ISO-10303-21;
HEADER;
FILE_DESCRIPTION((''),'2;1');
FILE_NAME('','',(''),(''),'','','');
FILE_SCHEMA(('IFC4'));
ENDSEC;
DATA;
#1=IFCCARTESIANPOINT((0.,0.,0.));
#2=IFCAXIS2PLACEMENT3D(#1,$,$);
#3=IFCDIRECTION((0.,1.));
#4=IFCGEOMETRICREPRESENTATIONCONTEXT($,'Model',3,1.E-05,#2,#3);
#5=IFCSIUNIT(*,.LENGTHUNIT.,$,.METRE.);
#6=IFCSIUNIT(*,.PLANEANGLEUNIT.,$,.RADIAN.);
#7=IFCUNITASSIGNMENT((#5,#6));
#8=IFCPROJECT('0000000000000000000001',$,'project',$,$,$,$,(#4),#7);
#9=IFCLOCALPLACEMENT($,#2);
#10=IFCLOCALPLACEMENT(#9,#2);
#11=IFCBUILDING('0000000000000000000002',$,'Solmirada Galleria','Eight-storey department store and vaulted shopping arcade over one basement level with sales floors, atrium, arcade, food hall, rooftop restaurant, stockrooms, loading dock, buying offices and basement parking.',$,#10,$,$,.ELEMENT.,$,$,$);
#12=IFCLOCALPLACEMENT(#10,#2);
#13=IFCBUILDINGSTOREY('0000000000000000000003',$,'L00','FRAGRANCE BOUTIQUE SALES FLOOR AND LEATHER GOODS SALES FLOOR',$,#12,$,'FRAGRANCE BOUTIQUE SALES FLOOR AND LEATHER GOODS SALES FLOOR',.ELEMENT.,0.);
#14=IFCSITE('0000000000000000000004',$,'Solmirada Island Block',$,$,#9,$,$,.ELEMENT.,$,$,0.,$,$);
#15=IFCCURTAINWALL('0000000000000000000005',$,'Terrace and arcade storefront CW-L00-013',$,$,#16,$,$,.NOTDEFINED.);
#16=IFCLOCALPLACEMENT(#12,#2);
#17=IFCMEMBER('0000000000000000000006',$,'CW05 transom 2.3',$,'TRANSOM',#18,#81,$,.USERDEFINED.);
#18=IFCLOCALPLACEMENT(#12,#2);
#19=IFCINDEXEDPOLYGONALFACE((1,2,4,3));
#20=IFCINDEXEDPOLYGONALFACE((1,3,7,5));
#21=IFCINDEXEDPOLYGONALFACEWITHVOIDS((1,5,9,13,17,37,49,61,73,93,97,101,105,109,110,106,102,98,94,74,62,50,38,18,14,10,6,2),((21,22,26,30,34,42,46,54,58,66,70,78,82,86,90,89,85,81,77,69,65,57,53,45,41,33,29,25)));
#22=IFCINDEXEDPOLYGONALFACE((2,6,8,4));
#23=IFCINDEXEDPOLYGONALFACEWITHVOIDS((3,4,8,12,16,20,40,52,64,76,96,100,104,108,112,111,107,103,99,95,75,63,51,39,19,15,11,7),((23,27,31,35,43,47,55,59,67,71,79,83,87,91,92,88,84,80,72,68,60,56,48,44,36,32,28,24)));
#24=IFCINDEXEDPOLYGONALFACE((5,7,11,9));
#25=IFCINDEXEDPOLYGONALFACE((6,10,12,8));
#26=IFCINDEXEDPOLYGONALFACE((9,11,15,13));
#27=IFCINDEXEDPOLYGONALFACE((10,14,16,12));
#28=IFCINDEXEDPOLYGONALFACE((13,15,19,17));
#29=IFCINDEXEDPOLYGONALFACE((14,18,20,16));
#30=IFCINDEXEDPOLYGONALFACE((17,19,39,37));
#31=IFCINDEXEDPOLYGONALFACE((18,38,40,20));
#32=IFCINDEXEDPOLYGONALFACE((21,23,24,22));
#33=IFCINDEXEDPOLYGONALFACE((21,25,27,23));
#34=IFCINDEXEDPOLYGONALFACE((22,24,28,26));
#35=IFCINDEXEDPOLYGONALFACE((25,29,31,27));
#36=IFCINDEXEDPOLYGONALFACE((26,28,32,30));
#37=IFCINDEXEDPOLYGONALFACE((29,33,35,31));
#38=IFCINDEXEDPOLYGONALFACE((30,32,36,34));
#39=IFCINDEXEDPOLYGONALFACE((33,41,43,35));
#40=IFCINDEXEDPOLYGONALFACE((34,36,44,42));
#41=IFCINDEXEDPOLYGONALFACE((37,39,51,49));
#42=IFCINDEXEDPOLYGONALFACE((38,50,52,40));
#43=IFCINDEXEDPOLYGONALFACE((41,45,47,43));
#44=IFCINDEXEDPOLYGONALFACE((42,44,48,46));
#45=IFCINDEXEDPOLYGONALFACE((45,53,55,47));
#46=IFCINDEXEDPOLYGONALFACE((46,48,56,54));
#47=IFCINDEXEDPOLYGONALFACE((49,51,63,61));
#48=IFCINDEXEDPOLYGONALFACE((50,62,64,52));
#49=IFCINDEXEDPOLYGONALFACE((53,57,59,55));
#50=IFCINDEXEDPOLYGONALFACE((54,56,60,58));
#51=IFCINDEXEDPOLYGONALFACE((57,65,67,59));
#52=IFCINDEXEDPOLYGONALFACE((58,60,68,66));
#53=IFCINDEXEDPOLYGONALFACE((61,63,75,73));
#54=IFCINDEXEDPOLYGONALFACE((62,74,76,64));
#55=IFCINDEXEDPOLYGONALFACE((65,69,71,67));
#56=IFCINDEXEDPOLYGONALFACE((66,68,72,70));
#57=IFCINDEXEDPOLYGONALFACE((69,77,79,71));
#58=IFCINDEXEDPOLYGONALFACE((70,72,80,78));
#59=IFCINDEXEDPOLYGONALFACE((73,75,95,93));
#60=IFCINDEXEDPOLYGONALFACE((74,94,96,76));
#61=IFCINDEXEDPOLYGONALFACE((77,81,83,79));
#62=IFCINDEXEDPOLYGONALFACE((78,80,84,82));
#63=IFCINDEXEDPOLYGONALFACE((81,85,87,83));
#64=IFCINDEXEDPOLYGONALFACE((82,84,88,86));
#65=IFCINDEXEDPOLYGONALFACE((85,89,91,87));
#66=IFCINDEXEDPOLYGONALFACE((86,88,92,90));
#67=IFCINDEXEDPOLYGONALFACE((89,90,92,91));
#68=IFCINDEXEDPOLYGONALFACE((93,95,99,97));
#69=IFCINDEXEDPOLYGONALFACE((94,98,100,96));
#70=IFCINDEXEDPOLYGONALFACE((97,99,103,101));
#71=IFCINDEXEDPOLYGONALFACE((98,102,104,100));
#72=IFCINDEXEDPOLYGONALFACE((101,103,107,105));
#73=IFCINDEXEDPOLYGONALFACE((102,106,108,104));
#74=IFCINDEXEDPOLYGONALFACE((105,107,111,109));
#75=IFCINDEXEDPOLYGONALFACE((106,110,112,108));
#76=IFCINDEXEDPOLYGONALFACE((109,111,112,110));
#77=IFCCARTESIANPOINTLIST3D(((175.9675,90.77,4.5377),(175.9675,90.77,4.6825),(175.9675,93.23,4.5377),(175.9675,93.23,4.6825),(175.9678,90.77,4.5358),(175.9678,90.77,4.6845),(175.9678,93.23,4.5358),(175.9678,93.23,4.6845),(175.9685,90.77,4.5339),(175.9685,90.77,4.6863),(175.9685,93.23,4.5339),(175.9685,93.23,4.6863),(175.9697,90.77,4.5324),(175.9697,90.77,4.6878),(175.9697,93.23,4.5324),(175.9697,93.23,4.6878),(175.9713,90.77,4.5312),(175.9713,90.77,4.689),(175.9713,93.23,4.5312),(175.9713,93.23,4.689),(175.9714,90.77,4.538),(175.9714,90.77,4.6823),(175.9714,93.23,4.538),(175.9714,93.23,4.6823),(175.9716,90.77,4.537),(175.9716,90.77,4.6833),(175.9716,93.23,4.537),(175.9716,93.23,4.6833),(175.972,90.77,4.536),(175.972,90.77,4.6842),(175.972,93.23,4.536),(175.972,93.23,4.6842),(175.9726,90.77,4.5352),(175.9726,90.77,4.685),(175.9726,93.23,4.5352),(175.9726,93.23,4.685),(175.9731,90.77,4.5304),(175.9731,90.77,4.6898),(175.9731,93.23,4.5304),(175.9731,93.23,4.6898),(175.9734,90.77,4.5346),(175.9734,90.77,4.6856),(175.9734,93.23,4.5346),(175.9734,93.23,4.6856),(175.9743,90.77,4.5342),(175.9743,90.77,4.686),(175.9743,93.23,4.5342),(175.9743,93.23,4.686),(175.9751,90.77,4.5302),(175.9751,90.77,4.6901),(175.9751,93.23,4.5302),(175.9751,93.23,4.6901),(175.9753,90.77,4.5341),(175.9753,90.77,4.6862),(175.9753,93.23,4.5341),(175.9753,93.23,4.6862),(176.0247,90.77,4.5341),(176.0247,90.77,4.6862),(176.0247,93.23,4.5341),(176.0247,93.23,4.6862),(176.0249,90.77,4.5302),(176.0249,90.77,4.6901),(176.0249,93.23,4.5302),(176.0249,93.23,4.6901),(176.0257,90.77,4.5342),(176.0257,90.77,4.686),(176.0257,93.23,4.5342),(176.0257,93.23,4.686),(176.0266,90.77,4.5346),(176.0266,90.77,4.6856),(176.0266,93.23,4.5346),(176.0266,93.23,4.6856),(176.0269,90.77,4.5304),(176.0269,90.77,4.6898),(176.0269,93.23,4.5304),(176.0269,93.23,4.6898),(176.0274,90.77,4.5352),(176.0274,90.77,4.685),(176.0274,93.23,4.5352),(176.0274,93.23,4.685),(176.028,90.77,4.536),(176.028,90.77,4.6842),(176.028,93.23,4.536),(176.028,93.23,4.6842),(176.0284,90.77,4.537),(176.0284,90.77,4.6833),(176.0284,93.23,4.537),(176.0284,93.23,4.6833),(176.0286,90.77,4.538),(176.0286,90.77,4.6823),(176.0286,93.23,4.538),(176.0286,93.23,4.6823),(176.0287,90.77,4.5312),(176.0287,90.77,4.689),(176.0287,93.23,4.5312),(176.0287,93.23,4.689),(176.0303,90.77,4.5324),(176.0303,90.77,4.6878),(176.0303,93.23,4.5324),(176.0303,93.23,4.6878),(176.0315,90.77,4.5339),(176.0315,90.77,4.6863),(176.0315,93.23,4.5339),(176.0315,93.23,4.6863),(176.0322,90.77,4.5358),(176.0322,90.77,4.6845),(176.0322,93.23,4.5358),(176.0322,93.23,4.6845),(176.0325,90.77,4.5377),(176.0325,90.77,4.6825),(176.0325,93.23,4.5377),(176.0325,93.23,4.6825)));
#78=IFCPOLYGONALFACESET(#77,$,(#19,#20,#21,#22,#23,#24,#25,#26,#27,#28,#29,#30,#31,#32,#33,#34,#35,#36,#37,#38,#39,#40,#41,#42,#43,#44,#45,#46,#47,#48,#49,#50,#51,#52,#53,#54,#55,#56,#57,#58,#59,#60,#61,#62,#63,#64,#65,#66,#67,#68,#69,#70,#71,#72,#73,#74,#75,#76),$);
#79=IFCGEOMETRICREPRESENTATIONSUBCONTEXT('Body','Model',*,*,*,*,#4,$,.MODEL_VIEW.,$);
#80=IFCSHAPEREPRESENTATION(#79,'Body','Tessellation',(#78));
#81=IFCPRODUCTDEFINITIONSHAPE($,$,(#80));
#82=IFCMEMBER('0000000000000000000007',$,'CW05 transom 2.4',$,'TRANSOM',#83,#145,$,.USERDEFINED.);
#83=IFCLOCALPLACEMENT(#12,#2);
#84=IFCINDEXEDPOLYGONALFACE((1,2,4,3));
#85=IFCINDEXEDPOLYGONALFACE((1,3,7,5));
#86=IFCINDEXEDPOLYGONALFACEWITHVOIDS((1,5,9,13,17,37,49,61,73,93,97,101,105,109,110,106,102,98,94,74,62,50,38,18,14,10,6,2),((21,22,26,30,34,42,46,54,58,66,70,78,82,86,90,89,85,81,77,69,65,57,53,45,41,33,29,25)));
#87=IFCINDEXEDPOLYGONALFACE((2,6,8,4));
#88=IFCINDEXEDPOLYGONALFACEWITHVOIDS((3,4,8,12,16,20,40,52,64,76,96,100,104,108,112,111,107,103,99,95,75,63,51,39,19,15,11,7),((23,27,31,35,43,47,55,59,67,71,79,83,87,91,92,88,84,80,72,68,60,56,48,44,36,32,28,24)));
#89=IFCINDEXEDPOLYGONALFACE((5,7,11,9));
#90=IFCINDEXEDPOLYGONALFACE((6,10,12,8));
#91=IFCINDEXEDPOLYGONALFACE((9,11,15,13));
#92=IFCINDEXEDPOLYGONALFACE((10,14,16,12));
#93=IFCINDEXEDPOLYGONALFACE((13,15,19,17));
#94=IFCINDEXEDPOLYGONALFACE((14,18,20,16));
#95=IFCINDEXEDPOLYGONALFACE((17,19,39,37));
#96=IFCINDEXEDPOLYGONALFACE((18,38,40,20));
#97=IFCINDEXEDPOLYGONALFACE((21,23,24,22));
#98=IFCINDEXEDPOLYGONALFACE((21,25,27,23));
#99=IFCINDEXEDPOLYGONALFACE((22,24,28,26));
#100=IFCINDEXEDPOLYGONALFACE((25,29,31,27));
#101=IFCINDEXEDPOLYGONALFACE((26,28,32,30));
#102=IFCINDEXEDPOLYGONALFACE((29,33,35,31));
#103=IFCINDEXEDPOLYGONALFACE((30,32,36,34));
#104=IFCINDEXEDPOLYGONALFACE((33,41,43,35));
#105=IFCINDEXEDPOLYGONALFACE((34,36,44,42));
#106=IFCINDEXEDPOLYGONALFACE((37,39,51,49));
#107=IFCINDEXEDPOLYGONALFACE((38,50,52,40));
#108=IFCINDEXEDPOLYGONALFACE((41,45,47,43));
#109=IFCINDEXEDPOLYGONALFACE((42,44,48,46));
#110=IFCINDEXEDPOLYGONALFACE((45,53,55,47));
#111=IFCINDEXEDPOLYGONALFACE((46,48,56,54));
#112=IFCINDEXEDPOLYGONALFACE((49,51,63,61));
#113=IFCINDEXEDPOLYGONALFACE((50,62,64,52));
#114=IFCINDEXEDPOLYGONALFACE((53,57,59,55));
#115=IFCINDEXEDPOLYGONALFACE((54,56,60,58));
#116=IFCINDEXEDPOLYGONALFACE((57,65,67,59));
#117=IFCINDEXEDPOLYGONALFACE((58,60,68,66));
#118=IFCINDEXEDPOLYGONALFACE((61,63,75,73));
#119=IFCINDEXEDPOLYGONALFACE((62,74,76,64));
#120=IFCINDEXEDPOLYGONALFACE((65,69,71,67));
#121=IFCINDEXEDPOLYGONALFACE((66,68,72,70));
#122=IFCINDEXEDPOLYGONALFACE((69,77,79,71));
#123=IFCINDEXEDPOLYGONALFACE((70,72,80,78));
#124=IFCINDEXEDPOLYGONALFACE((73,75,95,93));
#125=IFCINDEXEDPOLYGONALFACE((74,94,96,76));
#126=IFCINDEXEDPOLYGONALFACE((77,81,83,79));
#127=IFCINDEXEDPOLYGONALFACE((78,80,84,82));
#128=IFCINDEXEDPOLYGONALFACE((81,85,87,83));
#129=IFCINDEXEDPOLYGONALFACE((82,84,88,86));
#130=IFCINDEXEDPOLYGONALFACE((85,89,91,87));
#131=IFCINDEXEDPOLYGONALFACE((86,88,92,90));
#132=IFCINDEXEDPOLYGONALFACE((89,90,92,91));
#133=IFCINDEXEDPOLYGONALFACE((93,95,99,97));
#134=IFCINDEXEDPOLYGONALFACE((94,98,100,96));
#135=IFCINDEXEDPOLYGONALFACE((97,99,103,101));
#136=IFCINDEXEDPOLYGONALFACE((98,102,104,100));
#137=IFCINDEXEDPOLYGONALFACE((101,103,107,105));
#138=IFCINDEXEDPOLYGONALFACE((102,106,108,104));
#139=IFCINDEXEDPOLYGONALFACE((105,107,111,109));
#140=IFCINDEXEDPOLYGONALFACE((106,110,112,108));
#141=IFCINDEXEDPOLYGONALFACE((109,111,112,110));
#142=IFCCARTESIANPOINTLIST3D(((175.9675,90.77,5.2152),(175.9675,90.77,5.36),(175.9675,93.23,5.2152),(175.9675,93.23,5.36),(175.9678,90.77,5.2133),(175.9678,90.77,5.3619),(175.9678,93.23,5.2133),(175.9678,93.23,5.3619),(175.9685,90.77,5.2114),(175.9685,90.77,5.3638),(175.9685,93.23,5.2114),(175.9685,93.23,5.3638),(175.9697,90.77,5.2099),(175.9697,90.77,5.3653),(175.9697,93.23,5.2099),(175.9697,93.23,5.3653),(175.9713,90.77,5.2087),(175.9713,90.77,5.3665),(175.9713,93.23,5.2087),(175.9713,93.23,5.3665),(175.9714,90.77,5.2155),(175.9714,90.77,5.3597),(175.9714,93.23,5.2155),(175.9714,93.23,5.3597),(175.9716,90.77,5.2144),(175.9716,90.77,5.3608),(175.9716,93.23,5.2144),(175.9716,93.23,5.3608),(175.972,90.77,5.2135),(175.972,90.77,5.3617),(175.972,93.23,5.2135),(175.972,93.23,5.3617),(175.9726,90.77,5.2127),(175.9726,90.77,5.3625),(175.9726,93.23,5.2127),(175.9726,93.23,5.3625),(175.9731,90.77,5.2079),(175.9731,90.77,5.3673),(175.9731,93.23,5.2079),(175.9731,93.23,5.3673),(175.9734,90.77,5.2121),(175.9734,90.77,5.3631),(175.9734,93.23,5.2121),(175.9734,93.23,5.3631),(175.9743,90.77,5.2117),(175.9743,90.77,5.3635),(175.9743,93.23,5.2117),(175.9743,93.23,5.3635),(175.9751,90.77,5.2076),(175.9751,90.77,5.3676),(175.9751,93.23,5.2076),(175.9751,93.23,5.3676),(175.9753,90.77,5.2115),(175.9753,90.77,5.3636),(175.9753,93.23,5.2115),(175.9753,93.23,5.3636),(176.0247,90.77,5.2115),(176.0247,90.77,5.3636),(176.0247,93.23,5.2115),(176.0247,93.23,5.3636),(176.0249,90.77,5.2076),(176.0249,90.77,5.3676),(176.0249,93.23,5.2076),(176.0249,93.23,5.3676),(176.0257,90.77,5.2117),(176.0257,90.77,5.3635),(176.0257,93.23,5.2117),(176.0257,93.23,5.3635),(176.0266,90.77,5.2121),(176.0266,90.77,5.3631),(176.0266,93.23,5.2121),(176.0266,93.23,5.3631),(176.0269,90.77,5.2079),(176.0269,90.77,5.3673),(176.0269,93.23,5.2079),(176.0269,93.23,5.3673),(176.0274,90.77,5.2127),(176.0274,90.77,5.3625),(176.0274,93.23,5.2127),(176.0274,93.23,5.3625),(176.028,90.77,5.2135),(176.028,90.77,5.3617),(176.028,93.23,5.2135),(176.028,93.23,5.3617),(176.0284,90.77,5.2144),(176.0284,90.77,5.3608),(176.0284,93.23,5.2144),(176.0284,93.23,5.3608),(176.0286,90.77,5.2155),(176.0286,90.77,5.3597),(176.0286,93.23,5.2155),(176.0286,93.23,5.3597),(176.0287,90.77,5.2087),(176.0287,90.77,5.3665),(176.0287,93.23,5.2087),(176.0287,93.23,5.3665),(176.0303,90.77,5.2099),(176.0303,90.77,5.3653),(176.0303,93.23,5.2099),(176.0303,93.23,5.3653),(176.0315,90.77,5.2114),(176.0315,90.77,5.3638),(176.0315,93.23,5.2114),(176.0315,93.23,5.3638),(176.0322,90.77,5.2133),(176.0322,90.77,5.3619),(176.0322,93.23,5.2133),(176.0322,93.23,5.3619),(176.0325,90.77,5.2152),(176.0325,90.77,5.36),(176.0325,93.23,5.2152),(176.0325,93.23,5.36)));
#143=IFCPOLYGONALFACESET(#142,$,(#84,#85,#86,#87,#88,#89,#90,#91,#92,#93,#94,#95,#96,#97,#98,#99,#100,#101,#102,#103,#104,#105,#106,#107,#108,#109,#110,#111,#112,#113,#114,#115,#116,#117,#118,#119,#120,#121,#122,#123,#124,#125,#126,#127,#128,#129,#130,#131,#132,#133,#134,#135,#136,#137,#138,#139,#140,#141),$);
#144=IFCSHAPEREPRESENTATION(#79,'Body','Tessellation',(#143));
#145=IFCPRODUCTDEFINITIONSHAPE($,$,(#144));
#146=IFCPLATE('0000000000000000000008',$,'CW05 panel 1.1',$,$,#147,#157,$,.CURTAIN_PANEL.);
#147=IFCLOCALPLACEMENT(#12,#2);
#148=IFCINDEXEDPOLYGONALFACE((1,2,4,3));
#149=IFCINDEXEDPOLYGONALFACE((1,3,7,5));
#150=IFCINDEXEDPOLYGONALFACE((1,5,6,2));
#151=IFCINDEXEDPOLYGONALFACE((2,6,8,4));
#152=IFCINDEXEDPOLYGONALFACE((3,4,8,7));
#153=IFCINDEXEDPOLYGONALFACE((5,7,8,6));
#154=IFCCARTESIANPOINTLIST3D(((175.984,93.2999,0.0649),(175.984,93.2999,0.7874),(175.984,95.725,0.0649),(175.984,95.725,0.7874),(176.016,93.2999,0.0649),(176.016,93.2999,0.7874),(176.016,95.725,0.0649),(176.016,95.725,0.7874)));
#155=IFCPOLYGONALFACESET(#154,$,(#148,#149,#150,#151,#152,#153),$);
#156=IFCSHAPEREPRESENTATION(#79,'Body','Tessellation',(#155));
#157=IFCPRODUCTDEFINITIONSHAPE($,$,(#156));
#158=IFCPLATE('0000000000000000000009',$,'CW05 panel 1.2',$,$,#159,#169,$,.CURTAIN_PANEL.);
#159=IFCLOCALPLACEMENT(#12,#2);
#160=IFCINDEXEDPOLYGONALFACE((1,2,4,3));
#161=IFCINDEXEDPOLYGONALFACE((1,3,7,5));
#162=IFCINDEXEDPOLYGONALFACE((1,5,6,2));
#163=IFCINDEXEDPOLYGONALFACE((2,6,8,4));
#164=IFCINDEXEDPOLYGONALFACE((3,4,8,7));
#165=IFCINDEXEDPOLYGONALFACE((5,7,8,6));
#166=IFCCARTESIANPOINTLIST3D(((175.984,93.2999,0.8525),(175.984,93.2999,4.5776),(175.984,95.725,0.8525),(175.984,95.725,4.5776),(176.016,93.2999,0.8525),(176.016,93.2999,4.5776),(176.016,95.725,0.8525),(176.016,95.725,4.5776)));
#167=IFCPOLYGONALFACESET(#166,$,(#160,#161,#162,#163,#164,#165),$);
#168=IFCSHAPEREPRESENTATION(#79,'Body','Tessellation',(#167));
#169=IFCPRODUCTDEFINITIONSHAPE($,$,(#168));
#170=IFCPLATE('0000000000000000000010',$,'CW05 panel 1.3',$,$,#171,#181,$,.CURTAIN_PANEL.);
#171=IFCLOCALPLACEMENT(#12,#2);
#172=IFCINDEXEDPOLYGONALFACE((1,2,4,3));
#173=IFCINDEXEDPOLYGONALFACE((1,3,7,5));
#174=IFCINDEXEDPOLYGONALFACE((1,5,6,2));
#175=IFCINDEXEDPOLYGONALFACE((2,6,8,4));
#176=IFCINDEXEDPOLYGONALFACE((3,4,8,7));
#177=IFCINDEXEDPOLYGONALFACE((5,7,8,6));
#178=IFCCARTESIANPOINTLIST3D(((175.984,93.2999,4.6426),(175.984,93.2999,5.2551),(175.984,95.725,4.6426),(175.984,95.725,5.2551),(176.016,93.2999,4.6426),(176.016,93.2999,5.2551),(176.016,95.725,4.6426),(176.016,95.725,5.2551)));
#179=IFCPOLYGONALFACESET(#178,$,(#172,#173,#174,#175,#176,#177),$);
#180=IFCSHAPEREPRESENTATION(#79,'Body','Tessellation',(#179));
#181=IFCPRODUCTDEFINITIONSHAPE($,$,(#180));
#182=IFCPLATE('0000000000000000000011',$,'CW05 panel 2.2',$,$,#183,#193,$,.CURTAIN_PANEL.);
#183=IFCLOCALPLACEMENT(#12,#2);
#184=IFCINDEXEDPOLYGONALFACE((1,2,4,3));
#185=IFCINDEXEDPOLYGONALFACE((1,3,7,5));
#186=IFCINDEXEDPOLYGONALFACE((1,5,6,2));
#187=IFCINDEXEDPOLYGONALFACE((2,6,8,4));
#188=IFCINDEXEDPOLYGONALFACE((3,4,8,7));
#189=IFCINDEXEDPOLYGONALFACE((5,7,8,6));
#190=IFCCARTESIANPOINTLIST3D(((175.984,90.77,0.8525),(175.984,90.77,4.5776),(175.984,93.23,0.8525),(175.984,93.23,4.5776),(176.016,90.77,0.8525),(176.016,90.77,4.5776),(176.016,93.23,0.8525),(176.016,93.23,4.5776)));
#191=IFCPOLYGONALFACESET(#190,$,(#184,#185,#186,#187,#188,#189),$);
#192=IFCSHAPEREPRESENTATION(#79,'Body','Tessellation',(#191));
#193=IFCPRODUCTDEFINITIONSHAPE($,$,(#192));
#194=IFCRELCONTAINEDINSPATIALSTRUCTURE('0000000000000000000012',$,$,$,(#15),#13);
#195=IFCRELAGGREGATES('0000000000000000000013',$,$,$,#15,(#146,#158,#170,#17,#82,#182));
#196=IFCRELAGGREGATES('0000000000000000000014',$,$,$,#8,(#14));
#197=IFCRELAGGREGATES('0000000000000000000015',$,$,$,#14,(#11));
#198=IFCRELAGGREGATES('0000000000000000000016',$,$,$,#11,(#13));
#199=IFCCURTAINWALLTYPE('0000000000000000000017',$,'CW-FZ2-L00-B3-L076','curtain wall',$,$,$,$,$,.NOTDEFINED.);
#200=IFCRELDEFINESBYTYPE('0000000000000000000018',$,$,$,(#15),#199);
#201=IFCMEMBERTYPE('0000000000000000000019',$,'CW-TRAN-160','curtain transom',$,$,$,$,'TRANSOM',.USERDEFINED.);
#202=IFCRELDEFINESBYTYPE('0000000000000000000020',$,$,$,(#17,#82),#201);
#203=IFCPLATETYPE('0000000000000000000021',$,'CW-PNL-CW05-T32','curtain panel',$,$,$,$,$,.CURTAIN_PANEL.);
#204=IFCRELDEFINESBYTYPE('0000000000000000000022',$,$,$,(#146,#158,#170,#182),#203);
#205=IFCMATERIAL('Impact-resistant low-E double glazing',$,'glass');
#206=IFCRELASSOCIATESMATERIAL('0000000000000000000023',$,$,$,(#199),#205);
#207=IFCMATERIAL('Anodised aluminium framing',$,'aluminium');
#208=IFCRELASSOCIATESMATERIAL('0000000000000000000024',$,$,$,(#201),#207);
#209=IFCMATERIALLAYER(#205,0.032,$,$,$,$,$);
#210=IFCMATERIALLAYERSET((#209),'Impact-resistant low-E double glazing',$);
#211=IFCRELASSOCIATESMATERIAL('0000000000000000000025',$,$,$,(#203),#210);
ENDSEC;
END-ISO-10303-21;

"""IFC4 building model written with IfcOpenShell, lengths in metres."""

from ifc_helpers import new_model, si_unit, direction, frame, origin, origin_2d, place, context, subcontext, project, spatial, rectangle, hollow_rectangle, extrude, material, layer, layer_set, material_profile, profile_set, type_object, element, aggregate, save


model = new_model("IFC4")

# Units and contexts
model_context = context("Model", 3, precision=1e-05, world=origin(), true_north=direction((0.0, 1.0)))
body_context = subcontext(model_context, "Body", "Model", "MODEL_VIEW")
ifc_project = project(units=[si_unit("LENGTHUNIT", "METRE"), si_unit("PLANEANGLEUNIT", "RADIAN")], contexts=[model_context])

# Site, building, storey
site_placement = place(None, origin())
site = spatial("IfcSite", under=ifc_project, at=site_placement, Name="Solmirada Island Block", CompositionType="ELEMENT", RefElevation=0.0)
building_placement = place(site_placement, origin())
building = spatial("IfcBuilding", under=site, at=building_placement, Name="Solmirada Galleria", Description="Eight-storey department store and vaulted shopping arcade over one basement level with sales floors, atrium, arcade, food hall, rooftop restaurant, stockrooms, loading dock, buying offices and basement parking.", CompositionType="ELEMENT")
storey_placement = place(building_placement, origin())
storey = spatial("IfcBuildingStorey", under=building, at=storey_placement, Name="L00", Description="FRAGRANCE BOUTIQUE SALES FLOOR AND LEATHER GOODS SALES FLOOR", LongName="FRAGRANCE BOUTIQUE SALES FLOOR AND LEATHER GOODS SALES FLOOR", CompositionType="ELEMENT", Elevation=0.0)

# Curtain wall, members, plates
ifc_material_1 = material(Name="Impact-resistant low-E double glazing", Category="glass")
curtain_wall_type = type_object("IfcCurtainWallType", Name="CW-FZ2-L00-B3-L076", Description="curtain wall", PredefinedType="NOTDEFINED", material=ifc_material_1)
curtain_wall_placement = place(storey_placement, origin())
curtain_wall = element("IfcCurtainWall", 1, at=curtain_wall_placement, inside=storey, type_object=curtain_wall_type, Name="Terrace and arcade storefront CW-L00-013", PredefinedType="NOTDEFINED")
ifc_material_2 = material(Name="Anodised aluminium framing", Category="aluminium")
ifc_material_profile_1 = material_profile(ifc_material_2, hollow_rectangle(XDim=0.0649, YDim=0.1599, WallThickness=0.0039, InnerFilletRadius=0.0039, OuterFilletRadius=0.0076, at=origin_2d()), Name="ALU-TRAN-160X65")
ifc_profile_set_1 = profile_set([ifc_material_profile_1], Name="Anodised aluminium framing")
member_type_1 = type_object("IfcMemberType", Name="CW-TRAN-160", Description="curtain transom", ElementType="TRANSOM", PredefinedType="USERDEFINED", material=ifc_profile_set_1)
member_1_placement = place(storey_placement, frame((176.0, 93.23, 4.6101), z_axis=(0.0, -1.0, 0.0), x_axis=(1.0, 0.0, 0.0)))
member_1 = element("IfcMember", 2, at=member_1_placement, type_object=member_type_1, Name="CW05 transom 2.3", ObjectType="TRANSOM", PredefinedType="USERDEFINED", context=body_context, shape_type="SweptSolid", body=[
    extrude(hollow_rectangle(XDim=0.0649, YDim=0.1599, WallThickness=0.0039, InnerFilletRadius=0.0039, OuterFilletRadius=0.0076, at=origin_2d()), origin(), (0.0, 0.0, 1.0), 2.46),
])
member_2_placement = place(storey_placement, frame((176.0, 93.23, 5.2876), z_axis=(0.0, -1.0, 0.0), x_axis=(1.0, 0.0, 0.0)))
member_2 = element("IfcMember", 3, at=member_2_placement, type_object=member_type_1, Name="CW05 transom 2.4", ObjectType="TRANSOM", PredefinedType="USERDEFINED", context=body_context, shape_type="SweptSolid", body=[
    extrude(hollow_rectangle(XDim=0.0649, YDim=0.1599, WallThickness=0.0039, InnerFilletRadius=0.0039, OuterFilletRadius=0.0076, at=origin_2d()), origin(), (0.0, 0.0, 1.0), 2.46),
])
ifc_layer_1 = layer(ifc_material_1, 0.032)
ifc_layer_set_1 = layer_set([ifc_layer_1], Name="Impact-resistant low-E double glazing")
plate_type = type_object("IfcPlateType", Name="CW-PNL-CW05-T32", Description="curtain panel", PredefinedType="CURTAIN_PANEL", material=ifc_layer_set_1)
plate_1_placement = place(storey_placement, frame((176.0, 94.5125, 0.0649), z_axis=(0.0, 0.0, 1.0), x_axis=(0.0, -1.0, 0.0)))
plate_1 = element("IfcPlate", 4, at=plate_1_placement, type_object=plate_type, Name="CW05 panel 1.1", PredefinedType="CURTAIN_PANEL", context=body_context, shape_type="SweptSolid", body=[
    extrude(rectangle(XDim=2.425, YDim=0.032, at=origin_2d()), origin(), (0.0, 0.0, 1.0), 0.7224),
])
plate_2_placement = place(storey_placement, frame((176.0, 94.5125, 0.8525), z_axis=(0.0, 0.0, 1.0), x_axis=(0.0, -1.0, 0.0)))
plate_2 = element("IfcPlate", 5, at=plate_2_placement, type_object=plate_type, Name="CW05 panel 1.2", PredefinedType="CURTAIN_PANEL", context=body_context, shape_type="SweptSolid", body=[
    extrude(rectangle(XDim=2.425, YDim=0.032, at=origin_2d()), origin(), (0.0, 0.0, 1.0), 3.7251),
])
plate_3_placement = place(storey_placement, frame((176.0, 94.5125, 4.6426), z_axis=(0.0, 0.0, 1.0), x_axis=(0.0, -1.0, 0.0)))
plate_3 = element("IfcPlate", 6, at=plate_3_placement, type_object=plate_type, Name="CW05 panel 1.3", PredefinedType="CURTAIN_PANEL", context=body_context, shape_type="SweptSolid", body=[
    extrude(rectangle(XDim=2.425, YDim=0.032, at=origin_2d()), origin(), (0.0, 0.0, 1.0), 0.6125),
])
plate_4_placement = place(storey_placement, frame((176.0, 92.0, 0.8525), z_axis=(0.0, 0.0, 1.0), x_axis=(0.0, -1.0, 0.0)))
plate_4 = element("IfcPlate", 7, at=plate_4_placement, type_object=plate_type, Name="CW05 panel 2.2", PredefinedType="CURTAIN_PANEL", context=body_context, shape_type="SweptSolid", body=[
    extrude(rectangle(XDim=2.46, YDim=0.032, at=origin_2d()), origin(), (0.0, 0.0, 1.0), 3.7251),
])
aggregate(curtain_wall, [plate_1, plate_2, plate_3, member_1, member_2, plate_4])

save(model, "model.ifc")
